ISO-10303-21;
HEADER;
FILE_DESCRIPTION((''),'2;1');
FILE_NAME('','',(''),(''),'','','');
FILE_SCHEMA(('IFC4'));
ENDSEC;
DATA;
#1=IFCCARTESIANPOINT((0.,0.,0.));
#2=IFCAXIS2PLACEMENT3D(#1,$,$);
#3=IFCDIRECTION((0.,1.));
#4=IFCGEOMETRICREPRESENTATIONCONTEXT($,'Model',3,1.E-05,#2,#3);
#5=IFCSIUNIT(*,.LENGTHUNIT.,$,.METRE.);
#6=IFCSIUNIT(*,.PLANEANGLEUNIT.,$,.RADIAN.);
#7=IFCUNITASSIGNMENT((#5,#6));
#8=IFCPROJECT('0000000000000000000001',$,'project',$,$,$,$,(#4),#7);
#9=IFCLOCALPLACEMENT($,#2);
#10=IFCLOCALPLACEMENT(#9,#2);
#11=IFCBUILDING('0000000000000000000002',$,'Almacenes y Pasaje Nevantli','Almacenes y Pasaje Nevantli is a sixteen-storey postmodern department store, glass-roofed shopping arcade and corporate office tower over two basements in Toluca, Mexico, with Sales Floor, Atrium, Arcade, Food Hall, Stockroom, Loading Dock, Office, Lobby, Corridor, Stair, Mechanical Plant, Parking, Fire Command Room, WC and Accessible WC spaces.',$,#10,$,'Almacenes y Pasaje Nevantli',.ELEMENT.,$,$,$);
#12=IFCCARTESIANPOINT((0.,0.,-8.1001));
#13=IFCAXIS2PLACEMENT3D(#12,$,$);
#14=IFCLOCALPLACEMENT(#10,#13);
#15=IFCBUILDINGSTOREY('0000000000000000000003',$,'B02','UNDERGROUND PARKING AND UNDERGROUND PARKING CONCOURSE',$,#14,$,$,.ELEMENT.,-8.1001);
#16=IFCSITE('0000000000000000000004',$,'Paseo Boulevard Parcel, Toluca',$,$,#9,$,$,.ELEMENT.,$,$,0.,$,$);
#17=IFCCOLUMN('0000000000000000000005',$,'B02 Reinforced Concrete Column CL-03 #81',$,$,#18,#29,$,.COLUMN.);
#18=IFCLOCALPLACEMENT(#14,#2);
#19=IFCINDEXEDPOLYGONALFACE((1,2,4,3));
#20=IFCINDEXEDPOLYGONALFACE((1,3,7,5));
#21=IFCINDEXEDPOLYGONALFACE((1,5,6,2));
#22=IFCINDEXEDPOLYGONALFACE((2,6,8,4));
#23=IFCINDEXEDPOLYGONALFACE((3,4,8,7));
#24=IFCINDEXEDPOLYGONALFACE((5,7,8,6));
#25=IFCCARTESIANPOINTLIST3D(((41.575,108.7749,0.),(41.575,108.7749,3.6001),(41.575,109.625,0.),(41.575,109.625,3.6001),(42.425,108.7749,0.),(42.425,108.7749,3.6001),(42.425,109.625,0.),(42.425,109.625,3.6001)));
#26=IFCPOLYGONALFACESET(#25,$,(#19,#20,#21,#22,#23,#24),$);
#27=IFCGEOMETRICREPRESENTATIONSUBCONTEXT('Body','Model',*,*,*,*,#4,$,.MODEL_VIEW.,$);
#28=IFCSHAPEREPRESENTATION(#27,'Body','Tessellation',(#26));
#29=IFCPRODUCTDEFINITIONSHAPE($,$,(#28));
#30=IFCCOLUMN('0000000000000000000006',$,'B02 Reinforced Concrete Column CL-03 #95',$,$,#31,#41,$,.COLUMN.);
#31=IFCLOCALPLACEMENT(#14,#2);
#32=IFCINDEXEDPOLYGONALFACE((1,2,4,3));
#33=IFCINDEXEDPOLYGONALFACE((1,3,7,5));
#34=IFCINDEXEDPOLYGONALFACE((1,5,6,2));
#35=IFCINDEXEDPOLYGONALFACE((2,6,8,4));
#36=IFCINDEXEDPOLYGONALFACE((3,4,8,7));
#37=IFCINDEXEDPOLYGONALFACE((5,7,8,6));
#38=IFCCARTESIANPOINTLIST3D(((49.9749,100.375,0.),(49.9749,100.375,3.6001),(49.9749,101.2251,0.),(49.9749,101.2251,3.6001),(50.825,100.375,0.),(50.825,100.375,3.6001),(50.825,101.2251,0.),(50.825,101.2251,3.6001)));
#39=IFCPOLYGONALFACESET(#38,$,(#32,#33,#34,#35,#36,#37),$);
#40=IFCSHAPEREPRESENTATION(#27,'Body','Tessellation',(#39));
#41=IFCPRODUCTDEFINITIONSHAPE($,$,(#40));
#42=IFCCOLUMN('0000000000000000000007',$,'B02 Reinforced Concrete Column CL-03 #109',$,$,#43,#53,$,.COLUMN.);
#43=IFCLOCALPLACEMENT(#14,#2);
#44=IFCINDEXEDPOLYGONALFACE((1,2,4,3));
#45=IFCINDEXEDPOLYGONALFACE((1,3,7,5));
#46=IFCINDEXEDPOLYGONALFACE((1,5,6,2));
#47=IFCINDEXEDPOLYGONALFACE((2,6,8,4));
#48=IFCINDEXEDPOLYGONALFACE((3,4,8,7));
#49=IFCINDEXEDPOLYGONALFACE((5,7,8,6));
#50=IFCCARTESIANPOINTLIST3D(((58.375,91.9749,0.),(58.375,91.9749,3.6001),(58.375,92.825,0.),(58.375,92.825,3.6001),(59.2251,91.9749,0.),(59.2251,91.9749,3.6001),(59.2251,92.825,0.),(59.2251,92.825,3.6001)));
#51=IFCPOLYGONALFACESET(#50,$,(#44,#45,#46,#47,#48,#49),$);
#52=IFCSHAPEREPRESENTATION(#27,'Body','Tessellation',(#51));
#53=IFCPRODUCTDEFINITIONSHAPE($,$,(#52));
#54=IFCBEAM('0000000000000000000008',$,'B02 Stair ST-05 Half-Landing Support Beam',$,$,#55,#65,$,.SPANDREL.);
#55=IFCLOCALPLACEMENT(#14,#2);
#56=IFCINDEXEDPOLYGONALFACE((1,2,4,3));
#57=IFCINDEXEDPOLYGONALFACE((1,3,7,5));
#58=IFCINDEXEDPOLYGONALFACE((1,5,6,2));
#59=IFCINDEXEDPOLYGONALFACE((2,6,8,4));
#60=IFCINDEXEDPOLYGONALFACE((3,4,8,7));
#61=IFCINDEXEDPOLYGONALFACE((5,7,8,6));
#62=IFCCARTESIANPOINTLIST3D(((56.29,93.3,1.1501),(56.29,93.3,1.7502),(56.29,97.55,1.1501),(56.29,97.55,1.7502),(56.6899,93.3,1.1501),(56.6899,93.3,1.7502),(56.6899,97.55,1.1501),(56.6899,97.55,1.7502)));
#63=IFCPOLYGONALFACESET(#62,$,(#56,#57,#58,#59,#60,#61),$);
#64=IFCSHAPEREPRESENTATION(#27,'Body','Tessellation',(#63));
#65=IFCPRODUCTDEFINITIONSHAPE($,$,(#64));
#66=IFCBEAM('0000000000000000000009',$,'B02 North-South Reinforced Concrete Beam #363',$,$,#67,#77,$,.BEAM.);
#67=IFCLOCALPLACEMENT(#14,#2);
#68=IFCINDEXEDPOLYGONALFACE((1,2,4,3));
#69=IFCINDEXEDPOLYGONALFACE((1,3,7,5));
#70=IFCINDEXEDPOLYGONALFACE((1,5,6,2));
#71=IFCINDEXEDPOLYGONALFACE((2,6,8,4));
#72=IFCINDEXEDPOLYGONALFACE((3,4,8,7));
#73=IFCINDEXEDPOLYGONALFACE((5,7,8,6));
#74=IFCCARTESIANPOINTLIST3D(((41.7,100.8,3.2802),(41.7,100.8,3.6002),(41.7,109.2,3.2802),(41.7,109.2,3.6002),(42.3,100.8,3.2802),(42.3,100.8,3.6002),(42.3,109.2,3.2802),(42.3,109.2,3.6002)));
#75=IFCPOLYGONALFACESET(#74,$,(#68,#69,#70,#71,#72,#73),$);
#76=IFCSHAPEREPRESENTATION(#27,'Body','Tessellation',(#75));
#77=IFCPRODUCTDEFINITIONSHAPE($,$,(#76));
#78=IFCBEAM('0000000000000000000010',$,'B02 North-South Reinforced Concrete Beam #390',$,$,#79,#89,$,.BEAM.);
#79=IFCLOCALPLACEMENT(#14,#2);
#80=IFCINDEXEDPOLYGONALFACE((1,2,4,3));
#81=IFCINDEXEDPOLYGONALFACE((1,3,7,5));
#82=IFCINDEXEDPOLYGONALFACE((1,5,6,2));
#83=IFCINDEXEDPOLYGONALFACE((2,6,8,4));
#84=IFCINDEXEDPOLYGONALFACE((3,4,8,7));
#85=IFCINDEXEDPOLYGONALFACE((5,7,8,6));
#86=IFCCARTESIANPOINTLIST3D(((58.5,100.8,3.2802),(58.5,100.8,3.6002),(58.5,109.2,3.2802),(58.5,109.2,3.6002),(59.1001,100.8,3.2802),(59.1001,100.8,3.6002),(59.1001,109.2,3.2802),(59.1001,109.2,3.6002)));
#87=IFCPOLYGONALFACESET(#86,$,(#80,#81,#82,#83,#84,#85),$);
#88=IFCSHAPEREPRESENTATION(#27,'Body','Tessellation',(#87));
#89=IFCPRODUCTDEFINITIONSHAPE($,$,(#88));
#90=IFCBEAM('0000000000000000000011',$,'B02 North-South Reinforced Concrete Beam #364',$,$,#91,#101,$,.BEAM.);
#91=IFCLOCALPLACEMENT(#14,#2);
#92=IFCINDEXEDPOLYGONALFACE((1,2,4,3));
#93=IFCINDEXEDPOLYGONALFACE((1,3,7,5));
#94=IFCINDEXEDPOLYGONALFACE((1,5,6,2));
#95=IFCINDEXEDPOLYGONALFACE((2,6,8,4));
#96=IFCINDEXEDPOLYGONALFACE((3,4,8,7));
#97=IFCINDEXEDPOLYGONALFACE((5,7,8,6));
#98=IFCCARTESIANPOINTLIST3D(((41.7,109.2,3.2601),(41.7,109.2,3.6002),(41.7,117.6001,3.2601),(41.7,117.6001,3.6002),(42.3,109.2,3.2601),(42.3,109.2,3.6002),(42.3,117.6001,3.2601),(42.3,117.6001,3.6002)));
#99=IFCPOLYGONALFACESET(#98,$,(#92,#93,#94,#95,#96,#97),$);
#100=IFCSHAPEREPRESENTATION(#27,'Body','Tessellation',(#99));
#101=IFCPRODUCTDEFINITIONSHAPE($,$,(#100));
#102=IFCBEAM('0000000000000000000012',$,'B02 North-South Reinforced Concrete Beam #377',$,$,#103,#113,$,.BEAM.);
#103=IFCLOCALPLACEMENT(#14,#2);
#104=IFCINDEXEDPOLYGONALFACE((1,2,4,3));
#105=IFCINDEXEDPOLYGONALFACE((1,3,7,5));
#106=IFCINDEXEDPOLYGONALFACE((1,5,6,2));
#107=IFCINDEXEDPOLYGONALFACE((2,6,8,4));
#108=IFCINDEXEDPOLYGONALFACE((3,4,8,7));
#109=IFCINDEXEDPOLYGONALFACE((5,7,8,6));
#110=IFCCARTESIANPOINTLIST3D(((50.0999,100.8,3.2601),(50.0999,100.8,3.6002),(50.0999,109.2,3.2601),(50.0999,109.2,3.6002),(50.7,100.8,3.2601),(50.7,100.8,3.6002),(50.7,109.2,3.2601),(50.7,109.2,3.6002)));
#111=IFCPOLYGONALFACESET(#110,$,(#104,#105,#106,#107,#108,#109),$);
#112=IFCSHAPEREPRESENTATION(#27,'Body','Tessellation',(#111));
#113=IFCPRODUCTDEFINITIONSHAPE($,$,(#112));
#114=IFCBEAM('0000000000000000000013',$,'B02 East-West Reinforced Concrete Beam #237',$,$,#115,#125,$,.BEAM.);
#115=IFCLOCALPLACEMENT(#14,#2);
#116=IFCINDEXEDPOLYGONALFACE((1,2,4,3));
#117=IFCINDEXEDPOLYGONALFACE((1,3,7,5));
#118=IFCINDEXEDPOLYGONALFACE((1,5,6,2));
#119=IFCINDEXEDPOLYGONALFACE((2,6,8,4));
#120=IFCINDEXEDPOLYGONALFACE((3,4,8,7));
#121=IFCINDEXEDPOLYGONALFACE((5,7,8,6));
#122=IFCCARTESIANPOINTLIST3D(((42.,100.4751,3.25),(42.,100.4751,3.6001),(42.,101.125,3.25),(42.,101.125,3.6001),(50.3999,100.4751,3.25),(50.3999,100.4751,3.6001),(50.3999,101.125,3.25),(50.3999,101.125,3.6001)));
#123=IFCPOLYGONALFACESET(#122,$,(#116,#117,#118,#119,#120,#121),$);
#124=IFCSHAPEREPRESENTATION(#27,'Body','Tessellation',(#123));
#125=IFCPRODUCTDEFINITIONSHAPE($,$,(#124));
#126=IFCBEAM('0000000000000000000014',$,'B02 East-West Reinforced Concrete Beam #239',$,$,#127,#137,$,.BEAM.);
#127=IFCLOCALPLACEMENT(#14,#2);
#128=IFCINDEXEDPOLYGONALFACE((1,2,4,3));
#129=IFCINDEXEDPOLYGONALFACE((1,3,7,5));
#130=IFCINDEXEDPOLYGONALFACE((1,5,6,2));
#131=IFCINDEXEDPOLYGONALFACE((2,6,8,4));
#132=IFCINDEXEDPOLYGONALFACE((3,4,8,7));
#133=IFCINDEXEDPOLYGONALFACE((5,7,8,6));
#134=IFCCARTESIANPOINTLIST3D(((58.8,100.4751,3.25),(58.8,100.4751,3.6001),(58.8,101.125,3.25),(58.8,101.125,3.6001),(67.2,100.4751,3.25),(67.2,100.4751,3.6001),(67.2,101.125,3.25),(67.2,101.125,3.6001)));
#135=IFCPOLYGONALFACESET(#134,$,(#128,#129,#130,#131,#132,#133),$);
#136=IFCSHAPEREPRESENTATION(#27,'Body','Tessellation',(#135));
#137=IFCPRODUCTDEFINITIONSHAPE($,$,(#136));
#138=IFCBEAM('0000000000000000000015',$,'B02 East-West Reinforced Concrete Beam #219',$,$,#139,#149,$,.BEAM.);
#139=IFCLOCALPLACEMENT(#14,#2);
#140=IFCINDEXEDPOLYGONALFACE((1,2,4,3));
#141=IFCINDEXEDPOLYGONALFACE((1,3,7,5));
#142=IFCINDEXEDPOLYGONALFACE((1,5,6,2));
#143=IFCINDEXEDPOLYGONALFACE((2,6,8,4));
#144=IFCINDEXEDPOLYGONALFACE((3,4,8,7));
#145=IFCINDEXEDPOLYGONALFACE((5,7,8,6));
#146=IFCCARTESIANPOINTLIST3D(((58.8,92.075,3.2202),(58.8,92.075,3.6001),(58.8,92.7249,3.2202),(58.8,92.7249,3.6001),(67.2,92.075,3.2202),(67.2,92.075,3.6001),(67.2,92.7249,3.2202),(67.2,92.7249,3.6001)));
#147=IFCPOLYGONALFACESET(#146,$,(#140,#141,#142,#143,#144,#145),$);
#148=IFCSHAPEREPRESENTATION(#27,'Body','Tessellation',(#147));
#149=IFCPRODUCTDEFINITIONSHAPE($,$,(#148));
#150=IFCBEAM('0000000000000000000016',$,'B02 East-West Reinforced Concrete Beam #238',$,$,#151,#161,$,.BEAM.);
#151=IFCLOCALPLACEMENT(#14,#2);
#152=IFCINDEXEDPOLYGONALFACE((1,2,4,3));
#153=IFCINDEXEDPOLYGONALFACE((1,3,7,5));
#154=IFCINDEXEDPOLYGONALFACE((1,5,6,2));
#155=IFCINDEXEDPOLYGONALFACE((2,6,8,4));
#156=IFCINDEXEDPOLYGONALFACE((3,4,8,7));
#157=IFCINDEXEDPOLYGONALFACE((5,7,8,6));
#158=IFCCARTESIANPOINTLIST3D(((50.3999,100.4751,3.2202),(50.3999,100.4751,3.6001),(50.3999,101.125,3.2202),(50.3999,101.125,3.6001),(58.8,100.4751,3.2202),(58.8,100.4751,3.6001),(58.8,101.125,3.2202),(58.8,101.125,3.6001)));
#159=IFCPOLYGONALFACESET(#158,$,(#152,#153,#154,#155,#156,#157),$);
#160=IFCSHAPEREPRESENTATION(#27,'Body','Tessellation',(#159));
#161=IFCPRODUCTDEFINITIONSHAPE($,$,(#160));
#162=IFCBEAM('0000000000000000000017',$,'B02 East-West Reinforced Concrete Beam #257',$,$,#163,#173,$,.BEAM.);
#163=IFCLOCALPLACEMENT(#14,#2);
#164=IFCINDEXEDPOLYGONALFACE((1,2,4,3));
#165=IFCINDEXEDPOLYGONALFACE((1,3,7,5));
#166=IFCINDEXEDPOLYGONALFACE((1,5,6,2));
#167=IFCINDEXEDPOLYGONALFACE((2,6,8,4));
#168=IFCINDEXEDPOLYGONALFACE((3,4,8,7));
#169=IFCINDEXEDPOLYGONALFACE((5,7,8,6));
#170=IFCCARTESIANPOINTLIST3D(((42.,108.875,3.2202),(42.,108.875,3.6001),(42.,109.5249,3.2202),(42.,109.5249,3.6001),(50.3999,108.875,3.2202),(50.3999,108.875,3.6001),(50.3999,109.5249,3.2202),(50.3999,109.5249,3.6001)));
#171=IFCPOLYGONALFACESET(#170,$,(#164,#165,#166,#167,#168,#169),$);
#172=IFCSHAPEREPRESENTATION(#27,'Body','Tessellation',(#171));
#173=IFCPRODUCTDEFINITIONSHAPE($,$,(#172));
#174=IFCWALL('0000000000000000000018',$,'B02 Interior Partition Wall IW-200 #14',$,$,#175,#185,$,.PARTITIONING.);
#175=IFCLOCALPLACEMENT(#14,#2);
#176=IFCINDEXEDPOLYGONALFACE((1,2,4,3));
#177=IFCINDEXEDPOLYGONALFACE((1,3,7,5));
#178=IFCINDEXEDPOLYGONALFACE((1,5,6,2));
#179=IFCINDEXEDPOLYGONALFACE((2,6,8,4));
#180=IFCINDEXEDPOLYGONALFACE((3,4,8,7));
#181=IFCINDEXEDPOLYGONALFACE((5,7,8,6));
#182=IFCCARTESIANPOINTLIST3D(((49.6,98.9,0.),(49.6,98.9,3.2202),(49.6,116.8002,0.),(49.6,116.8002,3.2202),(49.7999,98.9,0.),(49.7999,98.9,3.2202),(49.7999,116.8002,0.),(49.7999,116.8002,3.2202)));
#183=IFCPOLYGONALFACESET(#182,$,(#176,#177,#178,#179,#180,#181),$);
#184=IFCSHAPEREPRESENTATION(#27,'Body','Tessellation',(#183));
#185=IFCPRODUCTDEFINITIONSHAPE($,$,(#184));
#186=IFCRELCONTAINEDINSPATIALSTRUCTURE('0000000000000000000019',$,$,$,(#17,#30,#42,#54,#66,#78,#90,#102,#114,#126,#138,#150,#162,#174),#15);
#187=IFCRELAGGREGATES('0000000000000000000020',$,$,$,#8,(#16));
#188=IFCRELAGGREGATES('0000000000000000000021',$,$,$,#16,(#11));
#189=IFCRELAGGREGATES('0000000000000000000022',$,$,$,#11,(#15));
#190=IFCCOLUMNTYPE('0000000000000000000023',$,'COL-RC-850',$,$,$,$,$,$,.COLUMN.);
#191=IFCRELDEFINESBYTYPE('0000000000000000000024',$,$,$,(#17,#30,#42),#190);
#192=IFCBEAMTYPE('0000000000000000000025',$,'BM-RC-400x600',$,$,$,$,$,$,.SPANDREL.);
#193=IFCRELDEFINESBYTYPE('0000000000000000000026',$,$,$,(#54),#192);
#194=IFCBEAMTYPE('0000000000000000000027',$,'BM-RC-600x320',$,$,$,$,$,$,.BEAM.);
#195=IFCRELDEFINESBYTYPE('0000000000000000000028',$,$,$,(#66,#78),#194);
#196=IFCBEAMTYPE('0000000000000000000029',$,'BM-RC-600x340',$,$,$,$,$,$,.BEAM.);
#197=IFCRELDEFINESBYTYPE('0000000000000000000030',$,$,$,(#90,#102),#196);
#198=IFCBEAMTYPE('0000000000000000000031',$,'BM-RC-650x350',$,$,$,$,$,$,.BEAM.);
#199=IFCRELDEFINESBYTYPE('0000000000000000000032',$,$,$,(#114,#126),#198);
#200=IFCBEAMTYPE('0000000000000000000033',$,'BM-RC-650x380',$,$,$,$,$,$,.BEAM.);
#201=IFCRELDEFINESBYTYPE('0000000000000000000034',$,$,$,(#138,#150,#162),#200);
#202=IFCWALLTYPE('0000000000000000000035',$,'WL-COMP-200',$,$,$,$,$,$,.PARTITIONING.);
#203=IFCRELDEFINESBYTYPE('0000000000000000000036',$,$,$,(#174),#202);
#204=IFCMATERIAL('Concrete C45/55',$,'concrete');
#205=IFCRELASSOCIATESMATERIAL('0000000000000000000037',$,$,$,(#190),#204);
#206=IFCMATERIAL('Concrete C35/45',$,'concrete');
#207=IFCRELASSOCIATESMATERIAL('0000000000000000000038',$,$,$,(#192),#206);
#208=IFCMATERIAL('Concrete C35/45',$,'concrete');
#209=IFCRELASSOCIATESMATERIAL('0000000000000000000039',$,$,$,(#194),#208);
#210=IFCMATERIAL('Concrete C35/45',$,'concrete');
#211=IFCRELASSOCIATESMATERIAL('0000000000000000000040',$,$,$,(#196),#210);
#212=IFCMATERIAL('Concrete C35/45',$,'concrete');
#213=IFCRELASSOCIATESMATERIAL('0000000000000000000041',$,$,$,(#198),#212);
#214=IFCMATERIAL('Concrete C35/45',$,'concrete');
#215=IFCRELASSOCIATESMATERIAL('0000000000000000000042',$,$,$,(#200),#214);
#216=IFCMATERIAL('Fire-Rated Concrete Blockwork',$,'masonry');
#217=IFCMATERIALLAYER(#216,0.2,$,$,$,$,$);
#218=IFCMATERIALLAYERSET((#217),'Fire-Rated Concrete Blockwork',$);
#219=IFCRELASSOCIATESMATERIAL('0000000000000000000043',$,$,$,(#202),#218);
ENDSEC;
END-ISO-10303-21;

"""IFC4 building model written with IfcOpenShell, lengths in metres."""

from ifc_helpers import new_model, si_unit, direction, frame, frame_2d, origin, origin_2d, place, context, subcontext, project, spatial, rectangle, extrude, material, layer, layer_set, material_profile, profile_set, type_object, element, save


model = new_model("IFC4")

# Units and contexts
model_context = context("Model", 3, precision=1e-05, world=origin(), true_north=direction((0.0, 1.0)))
body_context = subcontext(model_context, "Body", "Model", "MODEL_VIEW")
ifc_project = project(units=[si_unit("LENGTHUNIT", "METRE"), si_unit("PLANEANGLEUNIT", "RADIAN")], contexts=[model_context])

# Site, building, storey
site_placement = place(None, origin())
site = spatial("IfcSite", under=ifc_project, at=site_placement, Name="Paseo Boulevard Parcel, Toluca", CompositionType="ELEMENT", RefElevation=0.0)
building_placement = place(site_placement, origin())
building = spatial("IfcBuilding", under=site, at=building_placement, Name="Almacenes y Pasaje Nevantli", Description="Almacenes y Pasaje Nevantli is a sixteen-storey postmodern department store, glass-roofed shopping arcade and corporate office tower over two basements in Toluca, Mexico, with Sales Floor, Atrium, Arcade, Food Hall, Stockroom, Loading Dock, Office, Lobby, Corridor, Stair, Mechanical Plant, Parking, Fire Command Room, WC and Accessible WC spaces.", LongName="Almacenes y Pasaje Nevantli", CompositionType="ELEMENT")
storey_placement = place(building_placement, frame((0.0, 0.0, -8.1001)))
storey = spatial("IfcBuildingStorey", under=building, at=storey_placement, Name="B02", Description="UNDERGROUND PARKING AND UNDERGROUND PARKING CONCOURSE", CompositionType="ELEMENT", Elevation=-8.1001)

# Columns
ifc_material_1 = material(Name="Concrete C45/55", Category="concrete")
ifc_material_profile_1 = material_profile(ifc_material_1, rectangle(XDim=0.8501, YDim=0.8501, at=origin_2d()), Name="RC-COL-850x850")
ifc_profile_set_1 = profile_set([ifc_material_profile_1], Name="Concrete C45/55")
column_type_1 = type_object("IfcColumnType", Name="COL-RC-850", PredefinedType="COLUMN", material=ifc_profile_set_1)
for number, where, z_axis, x_axis, name in (
    (1, (42.0, 109.2, 0.0), (0.0, 0.0, 1.0), (1.0, 0.0, 0.0), "B02 Reinforced Concrete Column CL-03 #81"),
    (2, (50.3999, 100.8, 0.0), (0.0, 0.0, 1.0), (1.0, 0.0, 0.0), "B02 Reinforced Concrete Column CL-03 #95"),
    (3, (58.8, 92.3999, 0.0), (0.0, 0.0, 1.0), (1.0, 0.0, 0.0), "B02 Reinforced Concrete Column CL-03 #109"),
):
    element("IfcColumn", number, at=place(storey_placement, frame(where, z_axis=z_axis, x_axis=x_axis)), inside=storey, type_object=column_type_1, Name=name, PredefinedType="COLUMN", context=body_context, shape_type="SweptSolid", body=[
        extrude(rectangle(XDim=0.8501, YDim=0.8501, at=origin_2d()), origin(), (0.0, 0.0, 1.0), 3.6001),
    ])

# Beams
ifc_material_2 = material(Name="Concrete C35/45", Category="concrete")
ifc_material_profile_2 = material_profile(ifc_material_2, rectangle(XDim=0.3999, YDim=0.6001, at=origin_2d()), Name="RC-BM-400x600")
ifc_profile_set_2 = profile_set([ifc_material_profile_2], Name="Concrete C35/45")
beam_type_1 = type_object("IfcBeamType", Name="BM-RC-400x600", PredefinedType="SPANDREL", material=ifc_profile_set_2)
beam_1_placement = place(storey_placement, frame((56.49, 93.3, 1.4502), z_axis=(0.0, 1.0, 0.0), x_axis=(-1.0, 0.0, 0.0)))
element("IfcBeam", 4, at=beam_1_placement, inside=storey, type_object=beam_type_1, Name="B02 Stair ST-05 Half-Landing Support Beam", PredefinedType="SPANDREL", context=body_context, shape_type="SweptSolid", body=[
    extrude(rectangle(XDim=0.3999, YDim=0.6001, at=origin_2d()), origin(), (0.0, 0.0, 1.0), 4.25),
])
ifc_material_3 = material(Name="Concrete C35/45", Category="concrete")
ifc_material_profile_3 = material_profile(ifc_material_3, rectangle(XDim=0.6001, YDim=0.3201, at=origin_2d()), Name="RC-BM-600x320")
ifc_profile_set_3 = profile_set([ifc_material_profile_3], Name="Concrete C35/45")
beam_type_2 = type_object("IfcBeamType", Name="BM-RC-600x320", PredefinedType="BEAM", material=ifc_profile_set_3)
for number, where, z_axis, x_axis, name in (
    (5, (42.0, 100.8, 3.4402), (0.0, 1.0, 0.0), (-1.0, 0.0, 0.0), "B02 North-South Reinforced Concrete Beam #363"),
    (6, (58.8, 100.8, 3.4402), (0.0, 1.0, 0.0), (-1.0, 0.0, 0.0), "B02 North-South Reinforced Concrete Beam #390"),
):
    element("IfcBeam", number, at=place(storey_placement, frame(where, z_axis=z_axis, x_axis=x_axis)), inside=storey, type_object=beam_type_2, Name=name, PredefinedType="BEAM", context=body_context, shape_type="SweptSolid", body=[
        extrude(rectangle(XDim=0.6001, YDim=0.3201, at=origin_2d()), origin(), (0.0, 0.0, 1.0), 8.3999),
    ])
ifc_material_4 = material(Name="Concrete C35/45", Category="concrete")
ifc_material_profile_4 = material_profile(ifc_material_4, rectangle(XDim=0.6001, YDim=0.3401, at=origin_2d()), Name="RC-BM-600x340")
ifc_profile_set_4 = profile_set([ifc_material_profile_4], Name="Concrete C35/45")
beam_type_3 = type_object("IfcBeamType", Name="BM-RC-600x340", PredefinedType="BEAM", material=ifc_profile_set_4)
beam_2_placement = place(storey_placement, frame((42.0, 109.2, 3.4302), z_axis=(0.0, 1.0, 0.0), x_axis=(-1.0, 0.0, 0.0)))
element("IfcBeam", 7, at=beam_2_placement, inside=storey, type_object=beam_type_3, Name="B02 North-South Reinforced Concrete Beam #364", PredefinedType="BEAM", context=body_context, shape_type="SweptSolid", body=[
    extrude(rectangle(XDim=0.6001, YDim=0.3401, at=origin_2d()), origin(), (0.0, 0.0, 1.0), 8.4001),
])
beam_3_placement = place(storey_placement, frame((50.3999, 100.8, 3.4302), z_axis=(0.0, 1.0, 0.0), x_axis=(-1.0, 0.0, 0.0)))
element("IfcBeam", 8, at=beam_3_placement, inside=storey, type_object=beam_type_3, Name="B02 North-South Reinforced Concrete Beam #377", PredefinedType="BEAM", context=body_context, shape_type="SweptSolid", body=[
    extrude(rectangle(XDim=0.6001, YDim=0.3401, at=origin_2d()), origin(), (0.0, 0.0, 1.0), 8.3999),
])
ifc_material_5 = material(Name="Concrete C35/45", Category="concrete")
ifc_material_profile_5 = material_profile(ifc_material_5, rectangle(XDim=0.6499, YDim=0.3501, at=origin_2d()), Name="RC-BM-650x350")
ifc_profile_set_5 = profile_set([ifc_material_profile_5], Name="Concrete C35/45")
beam_type_4 = type_object("IfcBeamType", Name="BM-RC-650x350", PredefinedType="BEAM", material=ifc_profile_set_5)
for number, where, z_axis, x_axis, name in (
    (9, (42.0, 100.8, 3.425), (1.0, 0.0, 0.0), (0.0, 1.0, 0.0), "B02 East-West Reinforced Concrete Beam #237"),
    (10, (58.8, 100.8, 3.425), (1.0, 0.0, 0.0), (0.0, 1.0, 0.0), "B02 East-West Reinforced Concrete Beam #239"),
):
    element("IfcBeam", number, at=place(storey_placement, frame(where, z_axis=z_axis, x_axis=x_axis)), inside=storey, type_object=beam_type_4, Name=name, PredefinedType="BEAM", context=body_context, shape_type="SweptSolid", body=[
        extrude(rectangle(XDim=0.6499, YDim=0.3501, at=origin_2d()), origin(), (0.0, 0.0, 1.0), 8.3999),
    ])
ifc_material_6 = material(Name="Concrete C35/45", Category="concrete")
ifc_material_profile_6 = material_profile(ifc_material_6, rectangle(XDim=0.6499, YDim=0.3799, at=origin_2d()), Name="RC-BM-650x380")
ifc_profile_set_6 = profile_set([ifc_material_profile_6], Name="Concrete C35/45")
beam_type_5 = type_object("IfcBeamType", Name="BM-RC-650x380", PredefinedType="BEAM", material=ifc_profile_set_6)
beam_4_placement = place(storey_placement, frame((58.8, 92.3999, 3.4102), z_axis=(1.0, 0.0, 0.0), x_axis=(0.0, 1.0, 0.0)))
element("IfcBeam", 11, at=beam_4_placement, inside=storey, type_object=beam_type_5, Name="B02 East-West Reinforced Concrete Beam #219", PredefinedType="BEAM", context=body_context, shape_type="SweptSolid", body=[
    extrude(rectangle(XDim=0.6499, YDim=0.3799, at=origin_2d()), origin(), (0.0, 0.0, 1.0), 8.3999),
])
beam_5_placement = place(storey_placement, frame((50.3999, 100.8, 3.4102), z_axis=(1.0, 0.0, 0.0), x_axis=(0.0, 1.0, 0.0)))
element("IfcBeam", 12, at=beam_5_placement, inside=storey, type_object=beam_type_5, Name="B02 East-West Reinforced Concrete Beam #238", PredefinedType="BEAM", context=body_context, shape_type="SweptSolid", body=[
    extrude(rectangle(XDim=0.6499, YDim=0.3799, at=origin_2d()), origin(), (0.0, 0.0, 1.0), 8.4001),
])
beam_6_placement = place(storey_placement, frame((42.0, 109.2, 3.4102), z_axis=(1.0, 0.0, 0.0), x_axis=(0.0, 1.0, 0.0)))
element("IfcBeam", 13, at=beam_6_placement, inside=storey, type_object=beam_type_5, Name="B02 East-West Reinforced Concrete Beam #257", PredefinedType="BEAM", context=body_context, shape_type="SweptSolid", body=[
    extrude(rectangle(XDim=0.6499, YDim=0.3799, at=origin_2d()), origin(), (0.0, 0.0, 1.0), 8.3999),
])

# Wall
ifc_material_7 = material(Name="Fire-Rated Concrete Blockwork", Category="masonry")
ifc_layer_1 = layer(ifc_material_7, 0.2)
ifc_layer_set_1 = layer_set([ifc_layer_1], Name="Fire-Rated Concrete Blockwork")
wall_type_1 = type_object("IfcWallType", Name="WL-COMP-200", PredefinedType="PARTITIONING", material=ifc_layer_set_1)
wall_1_placement = place(storey_placement, frame((49.7, 98.8999, 0.0), z_axis=(0.0, 0.0, 1.0), x_axis=(0.0, 1.0, 0.0)))
element("IfcWall", 14, at=wall_1_placement, inside=storey, type_object=wall_type_1, Name="B02 Interior Partition Wall IW-200 #14", PredefinedType="PARTITIONING", context=body_context, shape_type="SweptSolid", body=[
    extrude(rectangle(XDim=17.9001, YDim=0.2, at=frame_2d((8.9502, 0.0))), origin(), (0.0, 0.0, 1.0), 3.2202),
])

save(model, "model.ifc")
